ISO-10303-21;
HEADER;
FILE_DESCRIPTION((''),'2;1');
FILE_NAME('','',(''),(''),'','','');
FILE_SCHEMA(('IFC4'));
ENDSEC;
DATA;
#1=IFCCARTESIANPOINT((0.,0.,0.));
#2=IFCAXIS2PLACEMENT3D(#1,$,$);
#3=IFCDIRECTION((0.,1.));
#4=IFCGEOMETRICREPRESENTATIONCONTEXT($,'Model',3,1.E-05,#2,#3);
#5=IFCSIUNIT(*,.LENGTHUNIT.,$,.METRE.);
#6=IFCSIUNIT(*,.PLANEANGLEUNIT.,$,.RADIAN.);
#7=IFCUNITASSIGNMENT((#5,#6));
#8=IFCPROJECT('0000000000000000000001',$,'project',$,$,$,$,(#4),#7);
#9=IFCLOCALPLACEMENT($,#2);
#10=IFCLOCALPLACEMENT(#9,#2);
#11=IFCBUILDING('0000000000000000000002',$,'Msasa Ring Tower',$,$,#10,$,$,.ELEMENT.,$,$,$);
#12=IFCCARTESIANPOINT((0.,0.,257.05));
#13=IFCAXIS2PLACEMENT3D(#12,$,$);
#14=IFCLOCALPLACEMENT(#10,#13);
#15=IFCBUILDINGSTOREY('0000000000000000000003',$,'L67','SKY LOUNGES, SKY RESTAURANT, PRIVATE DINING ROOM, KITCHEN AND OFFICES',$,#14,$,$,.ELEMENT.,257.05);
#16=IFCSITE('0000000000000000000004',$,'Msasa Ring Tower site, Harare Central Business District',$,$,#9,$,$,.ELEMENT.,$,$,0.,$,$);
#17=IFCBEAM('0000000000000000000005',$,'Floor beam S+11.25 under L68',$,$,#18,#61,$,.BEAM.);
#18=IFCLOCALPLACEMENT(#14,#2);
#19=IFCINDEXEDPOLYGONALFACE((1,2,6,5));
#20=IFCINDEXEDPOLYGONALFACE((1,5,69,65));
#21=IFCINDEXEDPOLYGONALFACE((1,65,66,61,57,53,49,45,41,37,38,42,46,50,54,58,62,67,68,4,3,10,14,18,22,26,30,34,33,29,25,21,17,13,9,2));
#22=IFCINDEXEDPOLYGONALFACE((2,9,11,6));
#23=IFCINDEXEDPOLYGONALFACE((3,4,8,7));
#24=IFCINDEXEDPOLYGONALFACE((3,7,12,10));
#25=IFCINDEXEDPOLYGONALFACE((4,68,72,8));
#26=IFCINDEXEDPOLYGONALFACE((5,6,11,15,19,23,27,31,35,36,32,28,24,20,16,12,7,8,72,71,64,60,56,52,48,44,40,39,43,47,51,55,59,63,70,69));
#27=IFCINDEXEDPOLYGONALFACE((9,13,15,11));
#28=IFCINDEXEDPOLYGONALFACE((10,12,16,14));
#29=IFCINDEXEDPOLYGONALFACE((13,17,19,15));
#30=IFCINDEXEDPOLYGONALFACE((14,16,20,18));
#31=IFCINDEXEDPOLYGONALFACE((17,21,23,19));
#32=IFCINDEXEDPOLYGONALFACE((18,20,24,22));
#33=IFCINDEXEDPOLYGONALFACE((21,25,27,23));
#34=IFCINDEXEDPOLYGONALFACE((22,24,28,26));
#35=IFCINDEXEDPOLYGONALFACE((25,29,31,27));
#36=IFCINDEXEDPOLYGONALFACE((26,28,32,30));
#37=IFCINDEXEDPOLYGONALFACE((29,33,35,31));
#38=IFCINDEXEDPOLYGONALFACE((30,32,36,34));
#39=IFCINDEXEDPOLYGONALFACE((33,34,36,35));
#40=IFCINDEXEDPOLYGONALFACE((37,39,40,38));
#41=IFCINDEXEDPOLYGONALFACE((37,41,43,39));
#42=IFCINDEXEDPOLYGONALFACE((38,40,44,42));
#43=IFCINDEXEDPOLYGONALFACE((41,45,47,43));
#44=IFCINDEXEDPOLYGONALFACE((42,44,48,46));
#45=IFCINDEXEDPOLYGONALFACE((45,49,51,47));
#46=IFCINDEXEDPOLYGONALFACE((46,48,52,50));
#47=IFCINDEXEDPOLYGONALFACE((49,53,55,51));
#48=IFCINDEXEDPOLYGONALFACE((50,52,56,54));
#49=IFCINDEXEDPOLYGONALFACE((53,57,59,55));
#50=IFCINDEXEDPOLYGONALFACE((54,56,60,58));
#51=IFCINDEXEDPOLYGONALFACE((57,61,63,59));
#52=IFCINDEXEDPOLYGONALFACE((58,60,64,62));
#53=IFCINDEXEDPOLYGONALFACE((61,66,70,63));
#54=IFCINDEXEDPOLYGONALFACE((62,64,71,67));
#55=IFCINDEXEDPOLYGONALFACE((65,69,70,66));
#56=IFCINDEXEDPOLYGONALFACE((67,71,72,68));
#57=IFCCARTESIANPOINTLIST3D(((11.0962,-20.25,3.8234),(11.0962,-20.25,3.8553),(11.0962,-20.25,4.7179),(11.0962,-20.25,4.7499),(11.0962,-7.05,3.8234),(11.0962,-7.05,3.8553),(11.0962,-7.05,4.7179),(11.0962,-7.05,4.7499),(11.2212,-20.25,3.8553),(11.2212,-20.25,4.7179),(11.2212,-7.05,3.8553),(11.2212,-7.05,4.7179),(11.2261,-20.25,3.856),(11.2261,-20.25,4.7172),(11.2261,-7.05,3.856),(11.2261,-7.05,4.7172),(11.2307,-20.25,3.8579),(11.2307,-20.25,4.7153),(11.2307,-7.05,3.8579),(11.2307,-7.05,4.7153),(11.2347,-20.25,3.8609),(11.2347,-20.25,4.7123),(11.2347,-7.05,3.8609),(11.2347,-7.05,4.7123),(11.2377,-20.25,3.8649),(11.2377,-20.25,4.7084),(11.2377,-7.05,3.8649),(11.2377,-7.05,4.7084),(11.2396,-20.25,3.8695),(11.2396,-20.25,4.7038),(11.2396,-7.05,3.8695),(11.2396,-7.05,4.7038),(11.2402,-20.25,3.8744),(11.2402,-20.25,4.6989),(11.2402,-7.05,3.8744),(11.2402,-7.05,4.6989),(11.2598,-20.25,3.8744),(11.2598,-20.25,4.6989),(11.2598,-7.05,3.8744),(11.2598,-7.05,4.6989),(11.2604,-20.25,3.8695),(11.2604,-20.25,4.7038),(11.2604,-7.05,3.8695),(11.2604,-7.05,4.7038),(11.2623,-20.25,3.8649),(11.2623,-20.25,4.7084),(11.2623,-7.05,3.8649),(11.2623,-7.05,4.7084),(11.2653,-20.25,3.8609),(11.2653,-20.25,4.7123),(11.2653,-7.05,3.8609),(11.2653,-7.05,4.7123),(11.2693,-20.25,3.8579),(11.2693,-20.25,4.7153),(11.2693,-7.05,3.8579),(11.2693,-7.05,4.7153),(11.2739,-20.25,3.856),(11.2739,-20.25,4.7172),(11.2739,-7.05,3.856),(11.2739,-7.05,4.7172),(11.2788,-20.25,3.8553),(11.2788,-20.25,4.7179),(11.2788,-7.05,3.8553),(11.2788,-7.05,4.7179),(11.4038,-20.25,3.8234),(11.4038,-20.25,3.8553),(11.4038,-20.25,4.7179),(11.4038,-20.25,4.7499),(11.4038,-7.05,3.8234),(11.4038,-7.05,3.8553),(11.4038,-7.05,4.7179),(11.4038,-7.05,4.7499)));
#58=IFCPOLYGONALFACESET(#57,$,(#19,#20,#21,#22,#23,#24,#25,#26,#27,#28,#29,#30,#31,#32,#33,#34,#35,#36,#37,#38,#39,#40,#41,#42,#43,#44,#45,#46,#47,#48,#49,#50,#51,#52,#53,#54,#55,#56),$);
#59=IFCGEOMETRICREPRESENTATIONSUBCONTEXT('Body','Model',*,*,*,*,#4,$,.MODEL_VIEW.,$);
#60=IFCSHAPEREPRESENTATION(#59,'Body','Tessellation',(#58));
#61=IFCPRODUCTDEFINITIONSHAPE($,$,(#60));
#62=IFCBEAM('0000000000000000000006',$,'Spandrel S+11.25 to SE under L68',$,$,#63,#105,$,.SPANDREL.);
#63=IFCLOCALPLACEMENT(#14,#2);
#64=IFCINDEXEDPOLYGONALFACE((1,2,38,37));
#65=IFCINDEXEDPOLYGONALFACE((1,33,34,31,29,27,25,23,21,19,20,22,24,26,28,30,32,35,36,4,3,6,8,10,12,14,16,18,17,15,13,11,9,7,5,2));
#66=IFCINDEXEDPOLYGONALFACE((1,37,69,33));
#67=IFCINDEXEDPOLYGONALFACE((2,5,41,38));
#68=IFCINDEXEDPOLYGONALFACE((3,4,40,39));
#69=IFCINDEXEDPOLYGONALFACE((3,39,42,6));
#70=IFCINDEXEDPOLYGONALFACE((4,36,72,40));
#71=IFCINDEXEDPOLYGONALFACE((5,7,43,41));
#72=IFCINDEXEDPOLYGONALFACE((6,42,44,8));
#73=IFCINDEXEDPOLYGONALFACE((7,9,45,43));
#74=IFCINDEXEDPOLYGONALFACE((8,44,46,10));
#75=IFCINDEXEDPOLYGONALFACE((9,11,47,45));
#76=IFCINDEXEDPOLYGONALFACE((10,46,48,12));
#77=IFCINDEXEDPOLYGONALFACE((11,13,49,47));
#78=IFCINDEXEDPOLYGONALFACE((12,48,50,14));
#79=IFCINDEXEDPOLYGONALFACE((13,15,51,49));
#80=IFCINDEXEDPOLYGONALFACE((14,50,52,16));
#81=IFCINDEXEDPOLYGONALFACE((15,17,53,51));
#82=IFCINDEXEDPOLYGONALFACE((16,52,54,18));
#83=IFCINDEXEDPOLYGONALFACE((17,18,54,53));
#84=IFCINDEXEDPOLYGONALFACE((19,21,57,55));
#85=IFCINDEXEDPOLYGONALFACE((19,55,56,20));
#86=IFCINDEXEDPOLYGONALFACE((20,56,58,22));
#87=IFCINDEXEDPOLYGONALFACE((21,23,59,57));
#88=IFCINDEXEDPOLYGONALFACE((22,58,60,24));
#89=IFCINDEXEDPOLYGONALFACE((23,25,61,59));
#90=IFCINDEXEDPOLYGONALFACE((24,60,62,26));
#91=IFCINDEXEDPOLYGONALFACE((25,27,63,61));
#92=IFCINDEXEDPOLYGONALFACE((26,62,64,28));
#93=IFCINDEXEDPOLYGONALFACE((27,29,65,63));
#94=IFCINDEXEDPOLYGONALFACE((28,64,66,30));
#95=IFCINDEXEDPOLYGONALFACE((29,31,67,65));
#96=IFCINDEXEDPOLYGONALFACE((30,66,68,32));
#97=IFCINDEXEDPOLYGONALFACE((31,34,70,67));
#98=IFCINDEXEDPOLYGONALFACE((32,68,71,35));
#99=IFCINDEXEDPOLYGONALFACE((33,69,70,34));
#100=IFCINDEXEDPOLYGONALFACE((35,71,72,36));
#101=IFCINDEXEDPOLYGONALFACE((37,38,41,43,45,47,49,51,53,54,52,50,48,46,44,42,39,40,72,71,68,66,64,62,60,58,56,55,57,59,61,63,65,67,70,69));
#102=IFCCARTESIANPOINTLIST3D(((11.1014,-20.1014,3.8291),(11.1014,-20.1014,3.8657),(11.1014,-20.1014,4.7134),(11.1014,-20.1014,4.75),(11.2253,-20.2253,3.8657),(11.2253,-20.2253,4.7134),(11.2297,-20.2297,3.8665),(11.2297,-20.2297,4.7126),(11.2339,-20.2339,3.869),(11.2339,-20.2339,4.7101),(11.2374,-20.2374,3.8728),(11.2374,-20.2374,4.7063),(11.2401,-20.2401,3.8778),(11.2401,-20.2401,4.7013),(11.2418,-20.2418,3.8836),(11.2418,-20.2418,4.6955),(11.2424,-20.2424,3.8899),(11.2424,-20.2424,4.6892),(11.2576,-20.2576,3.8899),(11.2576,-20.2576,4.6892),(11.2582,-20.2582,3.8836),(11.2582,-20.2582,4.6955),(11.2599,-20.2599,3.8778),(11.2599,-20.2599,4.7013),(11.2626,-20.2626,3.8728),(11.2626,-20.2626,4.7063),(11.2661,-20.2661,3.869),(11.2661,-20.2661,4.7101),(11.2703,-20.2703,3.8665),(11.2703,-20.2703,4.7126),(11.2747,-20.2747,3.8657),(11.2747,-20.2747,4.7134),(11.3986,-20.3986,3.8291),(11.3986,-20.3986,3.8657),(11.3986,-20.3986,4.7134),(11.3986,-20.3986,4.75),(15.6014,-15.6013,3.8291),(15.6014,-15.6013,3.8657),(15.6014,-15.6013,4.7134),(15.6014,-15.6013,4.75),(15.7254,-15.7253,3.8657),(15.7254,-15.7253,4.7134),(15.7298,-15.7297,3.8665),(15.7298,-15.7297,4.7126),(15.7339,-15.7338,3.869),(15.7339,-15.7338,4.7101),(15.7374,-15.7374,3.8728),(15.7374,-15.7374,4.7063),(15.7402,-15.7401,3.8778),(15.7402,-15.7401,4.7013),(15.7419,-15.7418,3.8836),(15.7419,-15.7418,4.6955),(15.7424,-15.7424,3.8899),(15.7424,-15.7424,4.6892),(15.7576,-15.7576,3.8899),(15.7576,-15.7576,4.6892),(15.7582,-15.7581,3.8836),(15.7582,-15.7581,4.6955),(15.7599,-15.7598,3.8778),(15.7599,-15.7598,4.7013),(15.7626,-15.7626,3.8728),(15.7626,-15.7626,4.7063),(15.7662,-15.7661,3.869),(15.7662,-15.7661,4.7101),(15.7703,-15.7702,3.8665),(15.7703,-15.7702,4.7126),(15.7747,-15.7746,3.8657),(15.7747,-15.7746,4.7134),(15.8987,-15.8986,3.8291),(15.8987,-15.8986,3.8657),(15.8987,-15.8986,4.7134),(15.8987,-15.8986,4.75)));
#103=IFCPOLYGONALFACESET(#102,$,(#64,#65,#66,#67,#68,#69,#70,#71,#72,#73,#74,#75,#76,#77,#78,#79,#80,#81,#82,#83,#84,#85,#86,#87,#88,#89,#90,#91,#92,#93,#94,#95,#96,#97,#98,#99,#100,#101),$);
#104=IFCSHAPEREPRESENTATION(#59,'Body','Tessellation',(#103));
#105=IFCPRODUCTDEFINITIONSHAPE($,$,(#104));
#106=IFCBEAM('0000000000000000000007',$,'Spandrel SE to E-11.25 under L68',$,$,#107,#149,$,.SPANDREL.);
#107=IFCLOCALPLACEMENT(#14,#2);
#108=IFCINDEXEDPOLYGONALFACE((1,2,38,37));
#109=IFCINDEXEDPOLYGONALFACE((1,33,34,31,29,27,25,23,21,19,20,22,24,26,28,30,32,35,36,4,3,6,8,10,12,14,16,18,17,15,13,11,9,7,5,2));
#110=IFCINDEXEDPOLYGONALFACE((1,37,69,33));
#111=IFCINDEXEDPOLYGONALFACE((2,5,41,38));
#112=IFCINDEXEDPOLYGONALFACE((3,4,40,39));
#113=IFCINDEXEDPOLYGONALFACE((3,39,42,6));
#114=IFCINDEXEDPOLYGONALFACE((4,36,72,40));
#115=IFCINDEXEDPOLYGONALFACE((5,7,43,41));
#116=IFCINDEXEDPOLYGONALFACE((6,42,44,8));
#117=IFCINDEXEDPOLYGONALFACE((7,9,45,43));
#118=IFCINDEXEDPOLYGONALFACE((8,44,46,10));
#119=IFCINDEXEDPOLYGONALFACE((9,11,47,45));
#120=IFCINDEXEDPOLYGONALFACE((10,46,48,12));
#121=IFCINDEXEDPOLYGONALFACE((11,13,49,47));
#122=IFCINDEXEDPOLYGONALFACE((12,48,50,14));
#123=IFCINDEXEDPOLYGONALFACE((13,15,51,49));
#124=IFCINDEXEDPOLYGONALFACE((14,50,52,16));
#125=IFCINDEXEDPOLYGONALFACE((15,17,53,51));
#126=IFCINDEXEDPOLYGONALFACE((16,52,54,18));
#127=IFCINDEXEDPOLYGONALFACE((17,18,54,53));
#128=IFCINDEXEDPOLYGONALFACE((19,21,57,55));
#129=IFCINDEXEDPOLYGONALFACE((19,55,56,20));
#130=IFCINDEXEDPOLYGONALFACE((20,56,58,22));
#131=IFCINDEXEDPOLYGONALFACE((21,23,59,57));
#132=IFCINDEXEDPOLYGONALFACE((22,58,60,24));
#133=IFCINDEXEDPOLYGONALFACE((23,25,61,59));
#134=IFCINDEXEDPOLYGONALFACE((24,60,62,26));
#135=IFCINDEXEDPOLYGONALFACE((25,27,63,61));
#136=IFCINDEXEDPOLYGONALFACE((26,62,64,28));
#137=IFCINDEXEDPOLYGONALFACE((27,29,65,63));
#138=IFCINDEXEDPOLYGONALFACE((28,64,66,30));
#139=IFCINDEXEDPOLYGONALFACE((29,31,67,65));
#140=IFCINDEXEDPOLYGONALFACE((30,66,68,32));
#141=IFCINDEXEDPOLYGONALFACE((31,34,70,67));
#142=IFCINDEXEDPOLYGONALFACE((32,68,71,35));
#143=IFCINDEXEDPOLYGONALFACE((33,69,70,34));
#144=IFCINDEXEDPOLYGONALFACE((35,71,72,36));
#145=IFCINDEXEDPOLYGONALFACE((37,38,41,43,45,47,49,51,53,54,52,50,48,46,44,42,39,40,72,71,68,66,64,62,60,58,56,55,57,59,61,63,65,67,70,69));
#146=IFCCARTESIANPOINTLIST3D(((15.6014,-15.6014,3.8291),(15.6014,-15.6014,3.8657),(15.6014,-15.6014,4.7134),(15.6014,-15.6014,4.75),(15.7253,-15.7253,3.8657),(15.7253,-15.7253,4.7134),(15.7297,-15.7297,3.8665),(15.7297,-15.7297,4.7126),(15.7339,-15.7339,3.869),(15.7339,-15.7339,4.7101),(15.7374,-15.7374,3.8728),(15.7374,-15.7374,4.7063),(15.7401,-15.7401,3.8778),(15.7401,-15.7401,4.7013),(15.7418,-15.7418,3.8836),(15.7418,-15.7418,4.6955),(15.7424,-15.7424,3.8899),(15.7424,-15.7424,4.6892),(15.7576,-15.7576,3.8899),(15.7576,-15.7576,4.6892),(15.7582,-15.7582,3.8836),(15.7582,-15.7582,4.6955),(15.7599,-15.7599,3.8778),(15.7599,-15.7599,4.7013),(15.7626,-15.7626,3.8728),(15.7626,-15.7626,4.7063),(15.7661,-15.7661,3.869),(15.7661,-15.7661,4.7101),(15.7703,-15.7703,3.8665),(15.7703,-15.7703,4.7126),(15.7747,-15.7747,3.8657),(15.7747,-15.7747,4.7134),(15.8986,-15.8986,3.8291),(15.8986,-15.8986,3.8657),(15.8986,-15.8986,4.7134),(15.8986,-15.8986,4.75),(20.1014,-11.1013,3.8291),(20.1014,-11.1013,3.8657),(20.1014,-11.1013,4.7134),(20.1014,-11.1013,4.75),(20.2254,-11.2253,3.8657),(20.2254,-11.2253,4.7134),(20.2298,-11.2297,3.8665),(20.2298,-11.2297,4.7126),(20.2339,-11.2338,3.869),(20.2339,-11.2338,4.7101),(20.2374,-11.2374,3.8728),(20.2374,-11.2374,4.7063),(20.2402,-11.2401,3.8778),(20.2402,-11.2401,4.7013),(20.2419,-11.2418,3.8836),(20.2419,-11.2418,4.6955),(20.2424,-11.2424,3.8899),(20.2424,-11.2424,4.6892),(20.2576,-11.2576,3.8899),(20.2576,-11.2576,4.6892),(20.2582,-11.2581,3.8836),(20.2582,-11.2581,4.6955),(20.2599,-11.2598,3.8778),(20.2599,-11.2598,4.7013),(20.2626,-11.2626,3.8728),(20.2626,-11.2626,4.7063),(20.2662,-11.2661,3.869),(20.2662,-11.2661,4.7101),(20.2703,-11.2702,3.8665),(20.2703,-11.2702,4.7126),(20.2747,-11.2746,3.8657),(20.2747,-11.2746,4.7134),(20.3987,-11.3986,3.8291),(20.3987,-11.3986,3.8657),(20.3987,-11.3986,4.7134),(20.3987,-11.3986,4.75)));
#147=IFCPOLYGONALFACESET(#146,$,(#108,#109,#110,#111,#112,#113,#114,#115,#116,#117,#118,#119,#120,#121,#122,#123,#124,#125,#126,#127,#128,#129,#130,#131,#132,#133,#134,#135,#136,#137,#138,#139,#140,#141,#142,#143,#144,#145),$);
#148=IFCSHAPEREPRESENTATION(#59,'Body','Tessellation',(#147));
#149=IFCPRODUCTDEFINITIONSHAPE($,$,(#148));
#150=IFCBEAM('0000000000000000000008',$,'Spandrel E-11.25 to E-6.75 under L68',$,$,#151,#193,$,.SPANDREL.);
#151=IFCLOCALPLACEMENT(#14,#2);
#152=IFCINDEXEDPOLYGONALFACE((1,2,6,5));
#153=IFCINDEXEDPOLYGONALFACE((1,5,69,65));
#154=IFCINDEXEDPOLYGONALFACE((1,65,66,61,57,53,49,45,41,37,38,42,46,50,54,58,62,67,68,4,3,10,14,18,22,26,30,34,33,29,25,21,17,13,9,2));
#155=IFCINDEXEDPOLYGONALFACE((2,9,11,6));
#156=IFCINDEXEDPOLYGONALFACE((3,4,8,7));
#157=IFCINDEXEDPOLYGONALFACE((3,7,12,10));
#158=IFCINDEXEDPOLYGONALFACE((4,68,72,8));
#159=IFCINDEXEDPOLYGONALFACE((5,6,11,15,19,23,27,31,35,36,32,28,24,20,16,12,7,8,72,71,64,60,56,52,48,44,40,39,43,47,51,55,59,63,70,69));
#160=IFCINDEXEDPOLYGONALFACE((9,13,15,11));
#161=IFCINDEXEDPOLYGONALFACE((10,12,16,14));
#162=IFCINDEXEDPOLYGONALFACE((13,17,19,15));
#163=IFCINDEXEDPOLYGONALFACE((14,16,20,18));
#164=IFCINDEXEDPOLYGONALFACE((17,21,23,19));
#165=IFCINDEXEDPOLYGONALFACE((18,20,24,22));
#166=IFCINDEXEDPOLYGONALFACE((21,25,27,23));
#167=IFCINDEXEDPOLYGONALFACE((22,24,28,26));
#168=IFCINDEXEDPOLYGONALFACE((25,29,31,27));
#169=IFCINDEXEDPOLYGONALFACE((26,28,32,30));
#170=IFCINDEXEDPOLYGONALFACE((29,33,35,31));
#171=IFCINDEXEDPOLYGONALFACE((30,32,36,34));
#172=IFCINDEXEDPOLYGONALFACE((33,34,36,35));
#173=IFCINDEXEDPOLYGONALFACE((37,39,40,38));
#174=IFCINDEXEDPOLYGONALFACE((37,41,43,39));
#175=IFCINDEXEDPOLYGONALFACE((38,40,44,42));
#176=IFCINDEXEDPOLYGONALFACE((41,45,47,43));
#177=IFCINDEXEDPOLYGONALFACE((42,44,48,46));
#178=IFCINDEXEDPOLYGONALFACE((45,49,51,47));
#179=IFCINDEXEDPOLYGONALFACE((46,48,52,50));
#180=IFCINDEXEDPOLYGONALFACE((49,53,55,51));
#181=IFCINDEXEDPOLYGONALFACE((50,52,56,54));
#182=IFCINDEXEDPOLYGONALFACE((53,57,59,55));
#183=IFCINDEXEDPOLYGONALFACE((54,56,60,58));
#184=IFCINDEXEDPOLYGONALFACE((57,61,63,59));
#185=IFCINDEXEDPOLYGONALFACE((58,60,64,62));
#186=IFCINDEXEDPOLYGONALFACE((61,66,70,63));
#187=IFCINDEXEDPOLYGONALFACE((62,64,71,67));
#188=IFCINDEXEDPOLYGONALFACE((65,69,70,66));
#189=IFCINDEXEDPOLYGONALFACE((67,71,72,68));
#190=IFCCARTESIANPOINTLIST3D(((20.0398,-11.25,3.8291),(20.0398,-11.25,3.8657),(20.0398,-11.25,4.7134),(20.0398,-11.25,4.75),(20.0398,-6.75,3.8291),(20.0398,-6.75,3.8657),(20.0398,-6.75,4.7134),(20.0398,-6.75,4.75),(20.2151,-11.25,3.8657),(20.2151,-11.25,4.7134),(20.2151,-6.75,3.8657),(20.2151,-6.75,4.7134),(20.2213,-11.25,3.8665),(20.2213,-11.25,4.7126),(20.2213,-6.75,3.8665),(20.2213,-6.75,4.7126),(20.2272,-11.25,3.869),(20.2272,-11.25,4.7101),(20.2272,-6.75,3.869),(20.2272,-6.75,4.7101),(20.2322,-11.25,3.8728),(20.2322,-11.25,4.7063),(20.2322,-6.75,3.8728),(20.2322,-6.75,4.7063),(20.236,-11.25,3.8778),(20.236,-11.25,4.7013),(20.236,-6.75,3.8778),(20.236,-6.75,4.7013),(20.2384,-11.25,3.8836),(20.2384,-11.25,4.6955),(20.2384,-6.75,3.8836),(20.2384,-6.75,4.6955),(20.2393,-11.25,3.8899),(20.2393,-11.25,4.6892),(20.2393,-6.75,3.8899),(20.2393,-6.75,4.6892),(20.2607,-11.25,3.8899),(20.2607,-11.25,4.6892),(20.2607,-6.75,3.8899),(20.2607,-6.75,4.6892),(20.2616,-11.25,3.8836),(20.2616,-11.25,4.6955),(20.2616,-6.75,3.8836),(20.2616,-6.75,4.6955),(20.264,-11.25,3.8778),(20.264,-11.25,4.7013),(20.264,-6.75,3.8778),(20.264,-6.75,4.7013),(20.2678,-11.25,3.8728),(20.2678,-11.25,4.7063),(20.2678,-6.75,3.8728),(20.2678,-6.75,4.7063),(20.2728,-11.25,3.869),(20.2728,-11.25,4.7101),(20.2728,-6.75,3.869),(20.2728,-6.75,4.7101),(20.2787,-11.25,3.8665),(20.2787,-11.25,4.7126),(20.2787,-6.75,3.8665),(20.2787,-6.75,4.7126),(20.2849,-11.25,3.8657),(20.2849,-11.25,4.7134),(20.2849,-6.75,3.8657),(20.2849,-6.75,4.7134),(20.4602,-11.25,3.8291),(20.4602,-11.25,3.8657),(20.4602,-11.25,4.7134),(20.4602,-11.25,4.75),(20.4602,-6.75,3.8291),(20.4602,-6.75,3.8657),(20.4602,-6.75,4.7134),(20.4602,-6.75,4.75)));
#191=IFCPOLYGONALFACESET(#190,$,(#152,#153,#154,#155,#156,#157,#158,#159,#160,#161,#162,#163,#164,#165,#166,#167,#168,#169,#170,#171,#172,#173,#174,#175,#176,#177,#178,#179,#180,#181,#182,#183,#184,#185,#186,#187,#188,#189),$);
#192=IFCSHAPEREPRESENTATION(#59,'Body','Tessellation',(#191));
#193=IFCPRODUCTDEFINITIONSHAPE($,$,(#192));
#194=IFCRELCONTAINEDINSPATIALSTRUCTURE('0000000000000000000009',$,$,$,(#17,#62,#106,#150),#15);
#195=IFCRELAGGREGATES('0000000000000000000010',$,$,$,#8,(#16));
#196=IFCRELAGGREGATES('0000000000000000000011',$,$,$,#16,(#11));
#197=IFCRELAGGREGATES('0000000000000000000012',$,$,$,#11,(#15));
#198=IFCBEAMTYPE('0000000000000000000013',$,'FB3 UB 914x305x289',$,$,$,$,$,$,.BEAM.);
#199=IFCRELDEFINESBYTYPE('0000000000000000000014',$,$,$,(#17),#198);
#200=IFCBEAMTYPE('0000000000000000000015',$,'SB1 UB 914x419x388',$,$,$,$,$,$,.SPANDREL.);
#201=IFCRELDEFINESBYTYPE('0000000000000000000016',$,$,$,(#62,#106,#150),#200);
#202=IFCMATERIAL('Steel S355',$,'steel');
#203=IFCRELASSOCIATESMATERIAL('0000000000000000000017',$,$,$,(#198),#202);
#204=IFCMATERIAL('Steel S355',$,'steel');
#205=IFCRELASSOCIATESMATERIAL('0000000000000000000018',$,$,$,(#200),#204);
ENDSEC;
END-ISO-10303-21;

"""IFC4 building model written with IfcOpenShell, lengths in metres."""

from ifc_helpers import new_model, si_unit, direction, frame, origin, origin_2d, place, context, subcontext, project, spatial, i_section, extrude, material, material_profile, profile_set, type_object, element, save


model = new_model("IFC4")

# Units and contexts
model_context = context("Model", 3, precision=1e-05, world=origin(), true_north=direction((0.0, 1.0)))
body_context = subcontext(model_context, "Body", "Model", "MODEL_VIEW")
ifc_project = project(units=[si_unit("LENGTHUNIT", "METRE"), si_unit("PLANEANGLEUNIT", "RADIAN")], contexts=[model_context])

# Site, building, storey
site_placement = place(None, origin())
site = spatial("IfcSite", under=ifc_project, at=site_placement, Name="Msasa Ring Tower site, Harare Central Business District", CompositionType="ELEMENT", RefElevation=0.0)
building_placement = place(site_placement, origin())
building = spatial("IfcBuilding", under=site, at=building_placement, Name="Msasa Ring Tower", CompositionType="ELEMENT")
storey_placement = place(building_placement, frame((0.0, 0.0, 257.05)))
storey = spatial("IfcBuildingStorey", under=building, at=storey_placement, Name="L67", Description="SKY LOUNGES, SKY RESTAURANT, PRIVATE DINING ROOM, KITCHEN AND OFFICES", CompositionType="ELEMENT", Elevation=257.05)

# Beams
ifc_material_1 = material(Name="Steel S355", Category="steel")
ifc_material_profile_1 = material_profile(ifc_material_1, i_section(OverallWidth=0.3076, OverallDepth=0.9265, WebThickness=0.0195, FlangeThickness=0.032, FilletRadius=0.019, at=origin_2d()), Name="UB 914x305x289")
ifc_profile_set_1 = profile_set([ifc_material_profile_1], Name="Steel S355")
beam_type_1 = type_object("IfcBeamType", Name="FB3 UB 914x305x289", PredefinedType="BEAM", material=ifc_profile_set_1)
beam_1_placement = place(storey_placement, frame((11.25, -20.25, 4.2866), z_axis=(0.0, 1.0, 0.0), x_axis=(-1.0, 0.0, 0.0)))
element("IfcBeam", 1, at=beam_1_placement, inside=storey, type_object=beam_type_1, Name="Floor beam S+11.25 under L68", PredefinedType="BEAM", context=body_context, shape_type="SweptSolid", body=[
    extrude(i_section(OverallWidth=0.3076, OverallDepth=0.9265, WebThickness=0.0195, FlangeThickness=0.032, FilletRadius=0.019, at=origin_2d()), origin(), (0.0, 0.0, 1.0), 13.2),
])
ifc_material_2 = material(Name="Steel S355", Category="steel")
ifc_material_profile_2 = material_profile(ifc_material_2, i_section(OverallWidth=0.4204, OverallDepth=0.9209, WebThickness=0.0215, FlangeThickness=0.0366, FilletRadius=0.0242, at=origin_2d()), Name="UB 914x419x388")
ifc_profile_set_2 = profile_set([ifc_material_profile_2], Name="Steel S355")
beam_type_2 = type_object("IfcBeamType", Name="SB1 UB 914x419x388", PredefinedType="SPANDREL", material=ifc_profile_set_2)
for number, where, z_axis, x_axis, name in (
    (2, (11.25, -20.25, 4.2896), (0.707107, 0.707107, 0.0), (-0.707107, 0.707107, 0.0), "Spandrel S+11.25 to SE under L68"),
    (3, (15.75, -15.75, 4.2896), (0.707107, 0.707107, 0.0), (-0.707107, 0.707107, 0.0), "Spandrel SE to E-11.25 under L68"),
):
    element("IfcBeam", number, at=place(storey_placement, frame(where, z_axis=z_axis, x_axis=x_axis)), inside=storey, type_object=beam_type_2, Name=name, PredefinedType="SPANDREL", context=body_context, shape_type="SweptSolid", body=[
        extrude(i_section(OverallWidth=0.4204, OverallDepth=0.9209, WebThickness=0.0215, FlangeThickness=0.0366, FilletRadius=0.0242, at=origin_2d()), origin(), (0.0, 0.0, 1.0), 6.364),
    ])
beam_2_placement = place(storey_placement, frame((20.25, -11.25, 4.2896), z_axis=(0.0, 1.0, 0.0), x_axis=(-1.0, 0.0, 0.0)))
element("IfcBeam", 4, at=beam_2_placement, inside=storey, type_object=beam_type_2, Name="Spandrel E-11.25 to E-6.75 under L68", PredefinedType="SPANDREL", context=body_context, shape_type="SweptSolid", body=[
    extrude(i_section(OverallWidth=0.4204, OverallDepth=0.9209, WebThickness=0.0215, FlangeThickness=0.0366, FilletRadius=0.0242, at=origin_2d()), origin(), (0.0, 0.0, 1.0), 4.5),
])

save(model, "model.ifc")
